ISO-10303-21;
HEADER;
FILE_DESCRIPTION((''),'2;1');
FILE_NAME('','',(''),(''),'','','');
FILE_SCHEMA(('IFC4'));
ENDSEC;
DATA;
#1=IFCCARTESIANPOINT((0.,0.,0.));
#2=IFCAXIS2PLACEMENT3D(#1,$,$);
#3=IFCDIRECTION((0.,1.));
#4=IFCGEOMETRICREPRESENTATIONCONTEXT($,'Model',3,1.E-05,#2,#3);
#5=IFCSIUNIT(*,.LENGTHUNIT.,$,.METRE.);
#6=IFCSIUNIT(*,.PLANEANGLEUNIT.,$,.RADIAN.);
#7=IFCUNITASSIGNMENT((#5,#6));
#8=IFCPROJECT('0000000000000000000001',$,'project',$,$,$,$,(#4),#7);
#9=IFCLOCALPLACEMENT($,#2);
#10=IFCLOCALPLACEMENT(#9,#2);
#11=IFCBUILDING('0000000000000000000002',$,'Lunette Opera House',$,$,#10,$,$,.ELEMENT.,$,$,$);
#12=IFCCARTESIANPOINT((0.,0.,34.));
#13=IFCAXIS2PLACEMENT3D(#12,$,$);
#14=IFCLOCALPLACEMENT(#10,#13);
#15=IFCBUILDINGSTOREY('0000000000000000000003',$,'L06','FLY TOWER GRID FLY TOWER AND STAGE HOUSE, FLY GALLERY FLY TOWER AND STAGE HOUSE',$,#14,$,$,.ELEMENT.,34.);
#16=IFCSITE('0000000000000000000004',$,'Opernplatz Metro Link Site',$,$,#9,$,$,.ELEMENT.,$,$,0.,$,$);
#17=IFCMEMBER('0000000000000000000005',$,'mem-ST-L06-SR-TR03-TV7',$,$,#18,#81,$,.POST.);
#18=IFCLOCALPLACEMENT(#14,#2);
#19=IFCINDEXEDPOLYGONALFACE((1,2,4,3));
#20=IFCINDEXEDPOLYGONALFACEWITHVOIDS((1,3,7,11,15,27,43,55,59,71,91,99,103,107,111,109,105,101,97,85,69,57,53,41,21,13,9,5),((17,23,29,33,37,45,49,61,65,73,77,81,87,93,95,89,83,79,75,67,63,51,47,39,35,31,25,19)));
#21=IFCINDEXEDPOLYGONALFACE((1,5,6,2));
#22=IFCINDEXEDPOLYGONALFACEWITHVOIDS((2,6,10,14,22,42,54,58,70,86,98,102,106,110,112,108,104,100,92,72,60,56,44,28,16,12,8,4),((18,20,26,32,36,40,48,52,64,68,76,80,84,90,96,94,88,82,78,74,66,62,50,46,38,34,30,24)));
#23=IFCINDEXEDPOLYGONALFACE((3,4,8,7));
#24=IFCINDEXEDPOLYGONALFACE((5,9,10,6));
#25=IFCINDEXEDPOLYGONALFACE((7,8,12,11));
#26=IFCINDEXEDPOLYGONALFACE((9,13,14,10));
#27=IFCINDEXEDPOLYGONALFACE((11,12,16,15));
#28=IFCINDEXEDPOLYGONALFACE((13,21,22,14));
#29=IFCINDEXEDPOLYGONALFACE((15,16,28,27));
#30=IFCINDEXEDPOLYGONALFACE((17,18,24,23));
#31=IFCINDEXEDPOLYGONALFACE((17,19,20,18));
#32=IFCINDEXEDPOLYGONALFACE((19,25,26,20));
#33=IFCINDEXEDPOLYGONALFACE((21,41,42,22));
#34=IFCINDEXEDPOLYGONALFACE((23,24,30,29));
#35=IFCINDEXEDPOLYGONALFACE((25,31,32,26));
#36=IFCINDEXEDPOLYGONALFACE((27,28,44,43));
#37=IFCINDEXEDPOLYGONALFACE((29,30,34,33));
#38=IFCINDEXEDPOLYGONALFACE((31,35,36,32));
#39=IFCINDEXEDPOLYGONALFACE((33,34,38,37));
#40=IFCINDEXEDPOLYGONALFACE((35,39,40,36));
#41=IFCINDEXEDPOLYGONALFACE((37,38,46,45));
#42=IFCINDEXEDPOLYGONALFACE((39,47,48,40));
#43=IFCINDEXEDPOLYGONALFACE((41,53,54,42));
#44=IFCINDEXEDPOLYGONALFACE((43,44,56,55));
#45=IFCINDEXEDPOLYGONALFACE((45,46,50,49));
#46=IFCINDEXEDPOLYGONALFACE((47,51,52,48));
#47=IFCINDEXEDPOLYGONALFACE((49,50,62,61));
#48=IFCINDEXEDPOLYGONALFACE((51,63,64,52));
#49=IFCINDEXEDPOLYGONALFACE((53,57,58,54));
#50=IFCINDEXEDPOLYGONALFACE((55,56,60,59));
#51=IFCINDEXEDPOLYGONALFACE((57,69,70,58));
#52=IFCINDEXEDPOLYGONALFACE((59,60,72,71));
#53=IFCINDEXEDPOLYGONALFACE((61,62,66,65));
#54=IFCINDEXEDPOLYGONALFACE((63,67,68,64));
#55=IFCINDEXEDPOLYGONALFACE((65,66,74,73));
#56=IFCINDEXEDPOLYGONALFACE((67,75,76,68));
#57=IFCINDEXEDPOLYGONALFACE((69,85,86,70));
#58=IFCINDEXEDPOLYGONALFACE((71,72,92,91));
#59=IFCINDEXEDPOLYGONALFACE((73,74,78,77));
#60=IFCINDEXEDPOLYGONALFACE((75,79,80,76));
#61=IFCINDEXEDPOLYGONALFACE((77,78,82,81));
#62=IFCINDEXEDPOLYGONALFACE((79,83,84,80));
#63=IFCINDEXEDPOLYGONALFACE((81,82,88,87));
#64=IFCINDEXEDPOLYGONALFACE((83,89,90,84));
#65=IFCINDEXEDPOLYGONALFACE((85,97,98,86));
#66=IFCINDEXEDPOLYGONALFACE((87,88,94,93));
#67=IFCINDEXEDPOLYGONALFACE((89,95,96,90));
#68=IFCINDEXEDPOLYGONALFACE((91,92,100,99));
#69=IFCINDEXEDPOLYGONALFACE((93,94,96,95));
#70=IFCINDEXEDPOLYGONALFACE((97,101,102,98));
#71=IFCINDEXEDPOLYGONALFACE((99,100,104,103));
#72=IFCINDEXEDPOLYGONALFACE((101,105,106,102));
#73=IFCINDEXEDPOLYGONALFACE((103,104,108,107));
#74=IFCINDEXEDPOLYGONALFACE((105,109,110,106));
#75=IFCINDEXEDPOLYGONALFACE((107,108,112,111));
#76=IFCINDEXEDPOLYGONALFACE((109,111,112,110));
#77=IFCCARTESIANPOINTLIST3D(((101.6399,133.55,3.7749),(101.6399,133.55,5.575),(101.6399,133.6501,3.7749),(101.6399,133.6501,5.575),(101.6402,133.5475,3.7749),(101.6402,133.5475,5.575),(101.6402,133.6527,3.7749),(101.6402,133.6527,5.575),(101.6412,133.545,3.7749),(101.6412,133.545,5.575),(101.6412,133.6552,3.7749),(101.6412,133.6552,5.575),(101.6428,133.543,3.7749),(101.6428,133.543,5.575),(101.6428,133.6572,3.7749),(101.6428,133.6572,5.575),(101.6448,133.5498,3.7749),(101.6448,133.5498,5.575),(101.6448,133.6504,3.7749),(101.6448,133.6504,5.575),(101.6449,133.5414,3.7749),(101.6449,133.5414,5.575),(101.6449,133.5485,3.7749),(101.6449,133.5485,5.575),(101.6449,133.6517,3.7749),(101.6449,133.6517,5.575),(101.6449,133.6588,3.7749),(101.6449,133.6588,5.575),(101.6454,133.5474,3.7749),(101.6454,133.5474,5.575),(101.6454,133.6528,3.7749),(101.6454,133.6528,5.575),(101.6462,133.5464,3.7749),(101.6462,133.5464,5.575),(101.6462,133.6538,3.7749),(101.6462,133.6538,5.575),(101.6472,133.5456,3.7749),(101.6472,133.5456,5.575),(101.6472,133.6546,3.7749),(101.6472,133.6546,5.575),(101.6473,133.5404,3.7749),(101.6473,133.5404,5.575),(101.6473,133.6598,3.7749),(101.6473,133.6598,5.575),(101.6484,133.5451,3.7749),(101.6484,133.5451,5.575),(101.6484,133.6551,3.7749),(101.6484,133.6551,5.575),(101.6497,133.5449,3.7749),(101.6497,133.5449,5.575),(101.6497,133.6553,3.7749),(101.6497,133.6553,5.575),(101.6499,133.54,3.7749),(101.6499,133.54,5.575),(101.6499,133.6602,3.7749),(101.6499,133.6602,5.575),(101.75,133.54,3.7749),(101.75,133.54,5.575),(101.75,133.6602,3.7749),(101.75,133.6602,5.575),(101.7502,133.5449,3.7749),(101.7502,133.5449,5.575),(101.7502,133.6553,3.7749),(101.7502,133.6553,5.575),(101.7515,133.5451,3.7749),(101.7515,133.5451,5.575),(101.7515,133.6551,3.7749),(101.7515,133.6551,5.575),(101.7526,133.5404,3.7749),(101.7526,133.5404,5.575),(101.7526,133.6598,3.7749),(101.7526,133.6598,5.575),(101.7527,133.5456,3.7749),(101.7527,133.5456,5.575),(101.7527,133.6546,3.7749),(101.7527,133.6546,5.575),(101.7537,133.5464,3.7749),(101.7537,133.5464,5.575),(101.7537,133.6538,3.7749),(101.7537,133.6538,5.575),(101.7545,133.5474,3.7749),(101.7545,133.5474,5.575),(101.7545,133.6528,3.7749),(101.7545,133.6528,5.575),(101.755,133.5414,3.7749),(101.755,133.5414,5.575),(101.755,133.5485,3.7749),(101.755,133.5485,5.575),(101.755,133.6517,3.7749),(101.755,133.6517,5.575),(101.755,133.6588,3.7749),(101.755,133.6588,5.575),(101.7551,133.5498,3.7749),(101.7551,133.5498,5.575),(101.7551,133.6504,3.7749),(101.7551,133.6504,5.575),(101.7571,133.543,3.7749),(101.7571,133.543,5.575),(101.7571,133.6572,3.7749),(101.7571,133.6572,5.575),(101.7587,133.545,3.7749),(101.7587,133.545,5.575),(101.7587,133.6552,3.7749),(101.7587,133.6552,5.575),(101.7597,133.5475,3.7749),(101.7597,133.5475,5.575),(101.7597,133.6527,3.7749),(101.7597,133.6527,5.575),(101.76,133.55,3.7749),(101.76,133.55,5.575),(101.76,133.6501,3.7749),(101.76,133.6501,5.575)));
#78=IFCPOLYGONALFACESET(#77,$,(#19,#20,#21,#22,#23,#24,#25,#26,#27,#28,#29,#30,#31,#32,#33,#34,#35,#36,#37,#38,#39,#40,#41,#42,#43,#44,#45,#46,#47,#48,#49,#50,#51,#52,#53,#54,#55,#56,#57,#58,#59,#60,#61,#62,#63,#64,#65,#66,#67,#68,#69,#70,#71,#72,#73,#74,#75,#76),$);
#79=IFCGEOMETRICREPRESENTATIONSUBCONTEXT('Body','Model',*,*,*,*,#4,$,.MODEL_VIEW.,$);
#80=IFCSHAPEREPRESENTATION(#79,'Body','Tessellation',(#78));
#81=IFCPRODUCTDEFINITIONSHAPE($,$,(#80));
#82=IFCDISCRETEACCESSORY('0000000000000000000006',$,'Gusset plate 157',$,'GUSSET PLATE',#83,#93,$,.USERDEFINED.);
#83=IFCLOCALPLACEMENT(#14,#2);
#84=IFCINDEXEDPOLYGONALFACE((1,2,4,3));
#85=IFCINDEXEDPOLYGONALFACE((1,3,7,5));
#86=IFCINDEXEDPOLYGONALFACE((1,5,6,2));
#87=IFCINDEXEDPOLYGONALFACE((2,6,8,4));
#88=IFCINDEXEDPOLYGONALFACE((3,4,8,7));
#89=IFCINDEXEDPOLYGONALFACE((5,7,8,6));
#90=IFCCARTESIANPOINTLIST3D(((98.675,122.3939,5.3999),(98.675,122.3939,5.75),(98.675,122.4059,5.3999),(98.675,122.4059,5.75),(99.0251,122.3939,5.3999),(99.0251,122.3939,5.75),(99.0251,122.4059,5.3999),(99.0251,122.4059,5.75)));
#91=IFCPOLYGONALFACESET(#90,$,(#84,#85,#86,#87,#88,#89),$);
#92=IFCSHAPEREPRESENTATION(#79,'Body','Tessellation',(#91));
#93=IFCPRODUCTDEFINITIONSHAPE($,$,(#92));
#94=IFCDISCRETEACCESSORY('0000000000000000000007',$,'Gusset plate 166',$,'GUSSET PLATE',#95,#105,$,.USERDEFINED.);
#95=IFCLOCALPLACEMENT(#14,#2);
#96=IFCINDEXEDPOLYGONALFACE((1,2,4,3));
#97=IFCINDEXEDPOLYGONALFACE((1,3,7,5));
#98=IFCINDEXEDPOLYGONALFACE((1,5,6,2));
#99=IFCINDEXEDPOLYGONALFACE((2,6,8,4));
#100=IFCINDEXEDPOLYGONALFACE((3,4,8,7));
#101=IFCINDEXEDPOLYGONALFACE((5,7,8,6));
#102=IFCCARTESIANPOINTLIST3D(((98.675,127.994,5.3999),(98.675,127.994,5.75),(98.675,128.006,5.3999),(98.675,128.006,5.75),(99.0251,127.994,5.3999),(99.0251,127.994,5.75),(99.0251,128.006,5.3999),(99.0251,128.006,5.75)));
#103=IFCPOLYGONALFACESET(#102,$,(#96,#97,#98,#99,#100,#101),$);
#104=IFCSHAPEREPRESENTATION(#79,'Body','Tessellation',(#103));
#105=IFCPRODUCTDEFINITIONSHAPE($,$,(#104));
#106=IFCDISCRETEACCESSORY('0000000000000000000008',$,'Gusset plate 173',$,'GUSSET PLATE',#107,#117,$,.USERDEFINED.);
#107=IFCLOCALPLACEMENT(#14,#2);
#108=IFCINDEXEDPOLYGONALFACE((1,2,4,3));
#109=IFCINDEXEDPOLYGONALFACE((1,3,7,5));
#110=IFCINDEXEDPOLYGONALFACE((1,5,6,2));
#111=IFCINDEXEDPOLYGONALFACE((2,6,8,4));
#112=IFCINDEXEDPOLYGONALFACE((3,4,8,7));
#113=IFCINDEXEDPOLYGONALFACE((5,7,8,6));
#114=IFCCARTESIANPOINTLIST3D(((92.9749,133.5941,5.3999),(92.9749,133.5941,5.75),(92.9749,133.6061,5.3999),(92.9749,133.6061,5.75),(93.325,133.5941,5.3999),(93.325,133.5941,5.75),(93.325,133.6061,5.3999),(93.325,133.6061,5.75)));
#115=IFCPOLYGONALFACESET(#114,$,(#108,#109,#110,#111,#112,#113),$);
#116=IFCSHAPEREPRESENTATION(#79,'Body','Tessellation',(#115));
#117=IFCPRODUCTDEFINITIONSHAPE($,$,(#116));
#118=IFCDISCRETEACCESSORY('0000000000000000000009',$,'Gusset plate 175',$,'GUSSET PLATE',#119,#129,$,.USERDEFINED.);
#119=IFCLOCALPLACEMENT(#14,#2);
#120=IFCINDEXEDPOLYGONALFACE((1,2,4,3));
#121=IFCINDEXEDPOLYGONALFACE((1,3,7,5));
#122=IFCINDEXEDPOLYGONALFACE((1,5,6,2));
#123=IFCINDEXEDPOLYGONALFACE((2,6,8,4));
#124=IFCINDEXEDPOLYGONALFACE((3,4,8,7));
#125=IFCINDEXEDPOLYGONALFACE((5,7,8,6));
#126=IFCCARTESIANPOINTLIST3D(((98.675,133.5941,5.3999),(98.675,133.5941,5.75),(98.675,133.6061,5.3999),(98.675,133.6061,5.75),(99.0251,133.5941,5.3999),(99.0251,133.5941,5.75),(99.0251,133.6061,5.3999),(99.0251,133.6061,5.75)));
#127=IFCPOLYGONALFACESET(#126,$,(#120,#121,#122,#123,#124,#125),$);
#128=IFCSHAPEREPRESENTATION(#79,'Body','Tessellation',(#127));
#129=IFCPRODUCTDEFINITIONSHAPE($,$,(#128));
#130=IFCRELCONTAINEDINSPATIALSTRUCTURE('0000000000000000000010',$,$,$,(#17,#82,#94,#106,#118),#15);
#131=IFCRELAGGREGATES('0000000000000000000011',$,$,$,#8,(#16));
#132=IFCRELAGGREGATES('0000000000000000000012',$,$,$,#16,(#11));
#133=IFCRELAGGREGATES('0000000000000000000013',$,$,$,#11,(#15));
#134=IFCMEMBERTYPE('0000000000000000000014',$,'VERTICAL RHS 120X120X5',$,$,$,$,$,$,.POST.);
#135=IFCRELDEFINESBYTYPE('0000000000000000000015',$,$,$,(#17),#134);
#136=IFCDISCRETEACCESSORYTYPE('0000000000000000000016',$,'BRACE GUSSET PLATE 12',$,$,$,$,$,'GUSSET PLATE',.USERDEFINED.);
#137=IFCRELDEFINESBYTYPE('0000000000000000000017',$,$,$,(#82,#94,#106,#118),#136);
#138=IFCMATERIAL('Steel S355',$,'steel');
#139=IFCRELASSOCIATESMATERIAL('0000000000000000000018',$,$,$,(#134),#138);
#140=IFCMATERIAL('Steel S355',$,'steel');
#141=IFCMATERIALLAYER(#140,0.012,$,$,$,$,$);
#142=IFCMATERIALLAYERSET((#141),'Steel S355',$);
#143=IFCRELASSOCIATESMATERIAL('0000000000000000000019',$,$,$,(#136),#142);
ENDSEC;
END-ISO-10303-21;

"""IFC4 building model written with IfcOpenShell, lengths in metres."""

from ifc_helpers import new_model, si_unit, direction, frame, origin, origin_2d, place, context, subcontext, project, spatial, rectangle, hollow_rectangle, extrude, material, layer, layer_set, material_profile, profile_set, type_object, element, save


model = new_model("IFC4")

# Units and contexts
model_context = context("Model", 3, precision=1e-05, world=origin(), true_north=direction((0.0, 1.0)))
body_context = subcontext(model_context, "Body", "Model", "MODEL_VIEW")
ifc_project = project(units=[si_unit("LENGTHUNIT", "METRE"), si_unit("PLANEANGLEUNIT", "RADIAN")], contexts=[model_context])

# Site, building, storey
site_placement = place(None, origin())
site = spatial("IfcSite", under=ifc_project, at=site_placement, Name="Opernplatz Metro Link Site", CompositionType="ELEMENT", RefElevation=0.0)
building_placement = place(site_placement, origin())
building = spatial("IfcBuilding", under=site, at=building_placement, Name="Lunette Opera House", CompositionType="ELEMENT")
storey_placement = place(building_placement, frame((0.0, 0.0, 34.0)))
storey = spatial("IfcBuildingStorey", under=building, at=storey_placement, Name="L06", Description="FLY TOWER GRID FLY TOWER AND STAGE HOUSE, FLY GALLERY FLY TOWER AND STAGE HOUSE", CompositionType="ELEMENT", Elevation=34.0)

# Member
ifc_material_1 = material(Name="Steel S355", Category="steel")
ifc_material_profile_1 = material_profile(ifc_material_1, hollow_rectangle(XDim=0.1201, YDim=0.1201, WallThickness=0.0049, InnerFilletRadius=0.0049, OuterFilletRadius=0.01, at=origin_2d()), Name="RHS 120X120X5")
ifc_profile_set_1 = profile_set([ifc_material_profile_1], Name="Steel S355")
member_type_1 = type_object("IfcMemberType", Name="VERTICAL RHS 120X120X5", PredefinedType="POST", material=ifc_profile_set_1)
member_1_placement = place(storey_placement, frame((101.7, 133.6001, 3.7749), z_axis=(0.0, 0.0, 1.0), x_axis=(1.0, 0.0, 0.0)))
element("IfcMember", 1, at=member_1_placement, inside=storey, type_object=member_type_1, Name="mem-ST-L06-SR-TR03-TV7", PredefinedType="POST", context=body_context, shape_type="SweptSolid", body=[
    extrude(hollow_rectangle(XDim=0.1201, YDim=0.1201, WallThickness=0.0049, InnerFilletRadius=0.0049, OuterFilletRadius=0.01, at=origin_2d()), origin(), (0.0, 0.0, 1.0), 1.8),
])

# Discrete accessories
ifc_material_2 = material(Name="Steel S355", Category="steel")
ifc_layer = layer(ifc_material_2, 0.012)
ifc_layer_set = layer_set([ifc_layer], Name="Steel S355")
discrete_accessory_type = type_object("IfcDiscreteAccessoryType", Name="BRACE GUSSET PLATE 12", ElementType="GUSSET PLATE", PredefinedType="USERDEFINED", material=ifc_layer_set)
for number, where, z_axis, x_axis, name in (
    (2, (98.8501, 122.3999, 5.3999), (0.0, 0.0, 1.0), (1.0, 0.0, 0.0), "Gusset plate 157"),
    (3, (98.8501, 128.0, 5.3999), (0.0, 0.0, 1.0), (1.0, 0.0, 0.0), "Gusset plate 166"),
    (4, (93.1499, 133.6001, 5.3999), (0.0, 0.0, 1.0), (1.0, 0.0, 0.0), "Gusset plate 173"),
    (5, (98.8501, 133.6001, 5.3999), (0.0, 0.0, 1.0), (1.0, 0.0, 0.0), "Gusset plate 175"),
):
    element("IfcDiscreteAccessory", number, at=place(storey_placement, frame(where, z_axis=z_axis, x_axis=x_axis)), inside=storey, type_object=discrete_accessory_type, Name=name, ObjectType="GUSSET PLATE", PredefinedType="USERDEFINED", context=body_context, shape_type="SweptSolid", body=[
        extrude(rectangle(XDim=0.3501, YDim=0.012, at=origin_2d()), origin(), (0.0, 0.0, 1.0), 0.3501),
    ])

save(model, "model.ifc")
